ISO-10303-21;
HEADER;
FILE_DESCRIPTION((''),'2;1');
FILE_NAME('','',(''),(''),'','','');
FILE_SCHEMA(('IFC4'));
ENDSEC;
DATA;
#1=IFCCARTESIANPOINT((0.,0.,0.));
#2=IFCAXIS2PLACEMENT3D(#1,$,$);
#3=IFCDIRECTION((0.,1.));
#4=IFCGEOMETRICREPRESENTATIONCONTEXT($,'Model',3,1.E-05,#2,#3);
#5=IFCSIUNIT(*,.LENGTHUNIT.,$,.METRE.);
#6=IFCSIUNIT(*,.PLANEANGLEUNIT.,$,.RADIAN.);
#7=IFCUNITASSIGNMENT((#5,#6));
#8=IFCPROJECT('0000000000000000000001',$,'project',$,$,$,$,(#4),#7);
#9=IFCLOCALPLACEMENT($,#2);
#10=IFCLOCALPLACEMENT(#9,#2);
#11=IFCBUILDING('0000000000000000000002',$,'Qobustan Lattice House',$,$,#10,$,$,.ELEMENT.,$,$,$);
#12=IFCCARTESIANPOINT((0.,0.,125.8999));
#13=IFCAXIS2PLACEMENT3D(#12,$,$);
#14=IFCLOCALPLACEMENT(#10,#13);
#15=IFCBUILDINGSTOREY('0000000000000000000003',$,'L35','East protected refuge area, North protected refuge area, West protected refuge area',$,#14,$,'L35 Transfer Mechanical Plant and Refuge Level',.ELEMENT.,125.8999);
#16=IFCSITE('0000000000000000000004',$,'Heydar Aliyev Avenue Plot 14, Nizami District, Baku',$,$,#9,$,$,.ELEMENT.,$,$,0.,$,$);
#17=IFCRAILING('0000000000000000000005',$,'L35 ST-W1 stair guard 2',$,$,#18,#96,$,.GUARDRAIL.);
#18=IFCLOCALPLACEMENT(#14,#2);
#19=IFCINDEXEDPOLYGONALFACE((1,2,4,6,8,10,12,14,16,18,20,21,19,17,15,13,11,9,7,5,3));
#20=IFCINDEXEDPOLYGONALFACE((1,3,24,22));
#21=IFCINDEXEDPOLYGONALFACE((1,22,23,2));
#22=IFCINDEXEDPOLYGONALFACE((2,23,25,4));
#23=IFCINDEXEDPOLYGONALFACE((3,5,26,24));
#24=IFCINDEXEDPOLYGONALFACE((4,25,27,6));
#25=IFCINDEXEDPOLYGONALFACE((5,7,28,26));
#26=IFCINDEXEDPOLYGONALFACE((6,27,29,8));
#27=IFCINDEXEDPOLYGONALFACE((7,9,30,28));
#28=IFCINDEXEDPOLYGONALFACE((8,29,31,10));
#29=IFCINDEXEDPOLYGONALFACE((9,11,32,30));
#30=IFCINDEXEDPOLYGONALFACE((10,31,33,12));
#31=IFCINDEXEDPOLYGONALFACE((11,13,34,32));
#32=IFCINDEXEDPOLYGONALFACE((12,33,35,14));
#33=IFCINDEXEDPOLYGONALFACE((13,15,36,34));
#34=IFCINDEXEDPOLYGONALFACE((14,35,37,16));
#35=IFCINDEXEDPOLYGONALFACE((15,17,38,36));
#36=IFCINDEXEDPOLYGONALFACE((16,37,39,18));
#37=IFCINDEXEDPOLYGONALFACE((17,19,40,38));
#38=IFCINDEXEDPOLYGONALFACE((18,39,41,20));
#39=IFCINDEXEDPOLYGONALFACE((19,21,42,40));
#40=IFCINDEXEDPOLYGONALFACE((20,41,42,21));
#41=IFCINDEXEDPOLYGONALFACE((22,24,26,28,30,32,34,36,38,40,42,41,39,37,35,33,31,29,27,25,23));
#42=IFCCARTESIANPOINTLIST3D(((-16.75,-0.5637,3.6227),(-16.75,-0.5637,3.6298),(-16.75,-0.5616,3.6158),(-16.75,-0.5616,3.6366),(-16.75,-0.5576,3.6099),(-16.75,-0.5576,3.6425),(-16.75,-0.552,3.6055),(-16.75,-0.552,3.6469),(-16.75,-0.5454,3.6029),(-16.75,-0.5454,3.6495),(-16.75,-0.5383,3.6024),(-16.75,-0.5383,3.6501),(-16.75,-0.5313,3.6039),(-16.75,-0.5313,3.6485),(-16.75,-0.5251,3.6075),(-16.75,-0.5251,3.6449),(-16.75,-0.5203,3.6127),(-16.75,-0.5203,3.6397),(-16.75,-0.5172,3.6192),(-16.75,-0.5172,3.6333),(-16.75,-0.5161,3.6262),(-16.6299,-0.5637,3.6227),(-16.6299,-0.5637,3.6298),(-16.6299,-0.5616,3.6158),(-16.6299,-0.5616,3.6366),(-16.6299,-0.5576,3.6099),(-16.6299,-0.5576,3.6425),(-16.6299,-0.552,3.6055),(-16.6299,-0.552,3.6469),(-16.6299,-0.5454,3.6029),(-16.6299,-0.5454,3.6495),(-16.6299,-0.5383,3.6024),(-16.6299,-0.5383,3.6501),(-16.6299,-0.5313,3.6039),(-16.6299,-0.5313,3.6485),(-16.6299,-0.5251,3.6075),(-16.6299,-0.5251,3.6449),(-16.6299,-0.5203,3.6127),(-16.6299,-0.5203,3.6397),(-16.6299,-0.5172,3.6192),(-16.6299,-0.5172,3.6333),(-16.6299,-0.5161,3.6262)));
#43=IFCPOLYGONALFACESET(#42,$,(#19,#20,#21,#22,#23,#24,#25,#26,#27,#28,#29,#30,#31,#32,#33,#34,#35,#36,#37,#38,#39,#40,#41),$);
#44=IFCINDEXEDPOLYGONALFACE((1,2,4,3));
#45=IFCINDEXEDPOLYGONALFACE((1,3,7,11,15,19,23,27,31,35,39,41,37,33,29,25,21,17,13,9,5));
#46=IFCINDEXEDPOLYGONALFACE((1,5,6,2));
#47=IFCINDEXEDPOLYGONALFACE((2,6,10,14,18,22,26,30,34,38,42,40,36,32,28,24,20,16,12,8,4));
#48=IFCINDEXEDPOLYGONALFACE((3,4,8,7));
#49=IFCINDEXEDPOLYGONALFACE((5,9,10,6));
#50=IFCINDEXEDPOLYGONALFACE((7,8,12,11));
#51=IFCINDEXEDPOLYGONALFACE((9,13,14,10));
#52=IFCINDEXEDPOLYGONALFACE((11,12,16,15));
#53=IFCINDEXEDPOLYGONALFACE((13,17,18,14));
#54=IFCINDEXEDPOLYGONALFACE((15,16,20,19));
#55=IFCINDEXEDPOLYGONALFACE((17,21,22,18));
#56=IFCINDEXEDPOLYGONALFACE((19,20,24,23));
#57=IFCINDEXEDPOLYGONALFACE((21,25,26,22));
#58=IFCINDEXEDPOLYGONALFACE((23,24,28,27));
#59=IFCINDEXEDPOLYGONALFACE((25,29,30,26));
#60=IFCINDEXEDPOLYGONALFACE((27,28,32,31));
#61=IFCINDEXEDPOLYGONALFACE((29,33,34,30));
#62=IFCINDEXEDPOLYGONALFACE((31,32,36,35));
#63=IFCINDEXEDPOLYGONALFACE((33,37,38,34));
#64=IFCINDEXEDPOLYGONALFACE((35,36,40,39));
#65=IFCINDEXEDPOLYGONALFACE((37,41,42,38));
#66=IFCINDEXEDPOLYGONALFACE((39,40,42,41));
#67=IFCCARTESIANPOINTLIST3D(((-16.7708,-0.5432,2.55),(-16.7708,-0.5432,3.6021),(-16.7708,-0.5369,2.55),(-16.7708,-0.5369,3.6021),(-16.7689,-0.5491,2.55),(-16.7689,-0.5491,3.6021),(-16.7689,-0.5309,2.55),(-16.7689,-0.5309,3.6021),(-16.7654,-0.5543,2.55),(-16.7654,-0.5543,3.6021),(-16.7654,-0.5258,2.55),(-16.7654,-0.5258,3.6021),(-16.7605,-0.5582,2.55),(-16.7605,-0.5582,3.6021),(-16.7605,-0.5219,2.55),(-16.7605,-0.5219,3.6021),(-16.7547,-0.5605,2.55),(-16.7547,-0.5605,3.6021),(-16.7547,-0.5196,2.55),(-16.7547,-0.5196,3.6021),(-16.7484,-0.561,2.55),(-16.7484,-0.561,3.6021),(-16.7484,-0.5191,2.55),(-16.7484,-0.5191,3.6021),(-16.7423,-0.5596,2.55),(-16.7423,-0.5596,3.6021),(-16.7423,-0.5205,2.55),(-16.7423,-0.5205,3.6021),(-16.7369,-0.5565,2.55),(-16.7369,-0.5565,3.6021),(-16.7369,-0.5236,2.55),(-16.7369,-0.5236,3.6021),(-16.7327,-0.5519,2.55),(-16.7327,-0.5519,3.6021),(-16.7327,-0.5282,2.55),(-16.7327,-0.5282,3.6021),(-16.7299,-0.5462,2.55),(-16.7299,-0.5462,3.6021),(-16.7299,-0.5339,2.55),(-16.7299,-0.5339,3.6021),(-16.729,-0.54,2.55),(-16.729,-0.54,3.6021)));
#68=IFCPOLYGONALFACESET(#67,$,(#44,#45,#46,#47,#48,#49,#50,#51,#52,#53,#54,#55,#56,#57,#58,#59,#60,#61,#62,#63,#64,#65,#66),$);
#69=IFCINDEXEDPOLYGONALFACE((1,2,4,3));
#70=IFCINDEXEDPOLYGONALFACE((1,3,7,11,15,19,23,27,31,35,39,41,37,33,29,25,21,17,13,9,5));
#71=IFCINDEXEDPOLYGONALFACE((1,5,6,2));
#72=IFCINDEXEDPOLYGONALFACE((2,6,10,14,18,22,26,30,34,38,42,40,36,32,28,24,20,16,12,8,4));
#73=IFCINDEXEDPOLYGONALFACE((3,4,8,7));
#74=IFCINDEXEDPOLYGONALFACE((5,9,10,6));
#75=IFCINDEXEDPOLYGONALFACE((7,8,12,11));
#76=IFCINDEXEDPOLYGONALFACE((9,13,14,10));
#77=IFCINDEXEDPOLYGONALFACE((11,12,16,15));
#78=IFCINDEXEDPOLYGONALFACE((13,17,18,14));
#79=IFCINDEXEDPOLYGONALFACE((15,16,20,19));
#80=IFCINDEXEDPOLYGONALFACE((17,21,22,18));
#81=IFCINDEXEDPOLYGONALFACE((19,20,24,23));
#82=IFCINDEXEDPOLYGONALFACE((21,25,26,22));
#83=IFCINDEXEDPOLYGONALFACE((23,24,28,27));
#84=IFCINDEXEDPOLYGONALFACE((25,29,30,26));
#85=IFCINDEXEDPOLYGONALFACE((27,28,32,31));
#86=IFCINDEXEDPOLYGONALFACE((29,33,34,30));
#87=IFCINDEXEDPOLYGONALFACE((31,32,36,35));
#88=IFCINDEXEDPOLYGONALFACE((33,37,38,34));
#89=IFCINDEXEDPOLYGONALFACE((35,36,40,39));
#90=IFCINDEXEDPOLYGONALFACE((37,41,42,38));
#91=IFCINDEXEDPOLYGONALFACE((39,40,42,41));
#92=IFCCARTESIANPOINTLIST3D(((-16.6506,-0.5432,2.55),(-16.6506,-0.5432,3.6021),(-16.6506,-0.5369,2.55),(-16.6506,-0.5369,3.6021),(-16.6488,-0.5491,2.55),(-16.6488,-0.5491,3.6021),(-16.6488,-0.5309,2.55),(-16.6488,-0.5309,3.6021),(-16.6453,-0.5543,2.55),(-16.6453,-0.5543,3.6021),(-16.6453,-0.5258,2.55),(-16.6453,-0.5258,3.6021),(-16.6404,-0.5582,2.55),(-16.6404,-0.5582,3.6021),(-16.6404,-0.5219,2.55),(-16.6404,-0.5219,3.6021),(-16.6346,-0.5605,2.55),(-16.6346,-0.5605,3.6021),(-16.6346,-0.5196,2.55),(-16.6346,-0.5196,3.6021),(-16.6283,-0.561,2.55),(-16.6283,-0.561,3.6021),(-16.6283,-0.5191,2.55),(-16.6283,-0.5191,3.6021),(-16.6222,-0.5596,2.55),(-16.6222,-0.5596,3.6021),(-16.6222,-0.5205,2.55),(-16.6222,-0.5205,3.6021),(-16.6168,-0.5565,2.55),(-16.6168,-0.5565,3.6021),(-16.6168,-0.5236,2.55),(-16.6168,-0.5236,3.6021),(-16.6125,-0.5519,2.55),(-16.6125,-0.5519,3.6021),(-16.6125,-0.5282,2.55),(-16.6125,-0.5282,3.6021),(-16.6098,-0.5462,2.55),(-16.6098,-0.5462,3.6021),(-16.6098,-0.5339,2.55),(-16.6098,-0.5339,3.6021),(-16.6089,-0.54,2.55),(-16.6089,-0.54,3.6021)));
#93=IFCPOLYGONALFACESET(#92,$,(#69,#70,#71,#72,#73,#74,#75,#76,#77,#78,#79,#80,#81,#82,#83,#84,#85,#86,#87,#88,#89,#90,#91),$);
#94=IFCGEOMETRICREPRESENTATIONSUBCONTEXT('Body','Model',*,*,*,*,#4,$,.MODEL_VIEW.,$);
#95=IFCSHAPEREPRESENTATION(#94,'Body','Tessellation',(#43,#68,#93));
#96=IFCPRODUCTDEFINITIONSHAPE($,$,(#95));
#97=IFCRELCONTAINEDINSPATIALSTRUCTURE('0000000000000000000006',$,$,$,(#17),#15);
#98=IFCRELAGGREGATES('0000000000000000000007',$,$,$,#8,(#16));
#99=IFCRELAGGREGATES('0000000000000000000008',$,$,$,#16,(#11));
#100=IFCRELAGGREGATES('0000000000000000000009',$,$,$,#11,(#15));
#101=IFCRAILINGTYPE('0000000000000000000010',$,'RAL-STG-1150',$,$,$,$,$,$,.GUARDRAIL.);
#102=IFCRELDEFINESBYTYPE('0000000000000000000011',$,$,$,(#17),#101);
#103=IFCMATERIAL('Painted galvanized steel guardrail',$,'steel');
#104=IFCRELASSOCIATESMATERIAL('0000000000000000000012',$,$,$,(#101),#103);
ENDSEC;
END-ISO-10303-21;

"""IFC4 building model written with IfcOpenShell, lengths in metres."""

from ifc_helpers import new_model, si_unit, direction, frame, origin, origin_2d, place, context, subcontext, project, spatial, circle, extrude, material, type_object, element, save


model = new_model("IFC4")

# Units and contexts
model_context = context("Model", 3, precision=1e-05, world=origin(), true_north=direction((0.0, 1.0)))
body_context = subcontext(model_context, "Body", "Model", "MODEL_VIEW")
ifc_project = project(units=[si_unit("LENGTHUNIT", "METRE"), si_unit("PLANEANGLEUNIT", "RADIAN")], contexts=[model_context])

# Site, building, storey
site_placement = place(None, origin())
site = spatial("IfcSite", under=ifc_project, at=site_placement, Name="Heydar Aliyev Avenue Plot 14, Nizami District, Baku", CompositionType="ELEMENT", RefElevation=0.0)
building_placement = place(site_placement, origin())
building = spatial("IfcBuilding", under=site, at=building_placement, Name="Qobustan Lattice House", CompositionType="ELEMENT")
storey_placement = place(building_placement, frame((0.0, 0.0, 125.8999)))
storey = spatial("IfcBuildingStorey", under=building, at=storey_placement, Name="L35", Description="East protected refuge area, North protected refuge area, West protected refuge area", LongName="L35 Transfer Mechanical Plant and Refuge Level", CompositionType="ELEMENT", Elevation=125.8999)

# Railing
ifc_material_1 = material(Name="Painted galvanized steel guardrail", Category="steel")
railing_type_1 = type_object("IfcRailingType", Name="RAL-STG-1150", PredefinedType="GUARDRAIL", material=ifc_material_1)
railing_1_placement = place(storey_placement, frame((-16.75, -0.54, 2.55)))
element("IfcRailing", 1, at=railing_1_placement, inside=storey, type_object=railing_type_1, Name="L35 ST-W1 stair guard 2", PredefinedType="GUARDRAIL", context=body_context, shape_type="SweptSolid", body=[
    extrude(circle(Radius=0.0239, at=origin_2d()), frame((0.0, 0.0, 1.0762), z_axis=(1.0, 0.0, 0.0), x_axis=(0.0, 1.0, 0.0)), (0.0, 0.0, 1.0), 0.1201),
    extrude(circle(Radius=0.021, at=origin_2d()), origin(), (0.0, 0.0, 1.0), 1.052),
    extrude(circle(Radius=0.021, at=origin_2d()), frame((0.1201, 0.0, 0.0)), (0.0, 0.0, 1.0), 1.052),
])

save(model, "model.ifc")
